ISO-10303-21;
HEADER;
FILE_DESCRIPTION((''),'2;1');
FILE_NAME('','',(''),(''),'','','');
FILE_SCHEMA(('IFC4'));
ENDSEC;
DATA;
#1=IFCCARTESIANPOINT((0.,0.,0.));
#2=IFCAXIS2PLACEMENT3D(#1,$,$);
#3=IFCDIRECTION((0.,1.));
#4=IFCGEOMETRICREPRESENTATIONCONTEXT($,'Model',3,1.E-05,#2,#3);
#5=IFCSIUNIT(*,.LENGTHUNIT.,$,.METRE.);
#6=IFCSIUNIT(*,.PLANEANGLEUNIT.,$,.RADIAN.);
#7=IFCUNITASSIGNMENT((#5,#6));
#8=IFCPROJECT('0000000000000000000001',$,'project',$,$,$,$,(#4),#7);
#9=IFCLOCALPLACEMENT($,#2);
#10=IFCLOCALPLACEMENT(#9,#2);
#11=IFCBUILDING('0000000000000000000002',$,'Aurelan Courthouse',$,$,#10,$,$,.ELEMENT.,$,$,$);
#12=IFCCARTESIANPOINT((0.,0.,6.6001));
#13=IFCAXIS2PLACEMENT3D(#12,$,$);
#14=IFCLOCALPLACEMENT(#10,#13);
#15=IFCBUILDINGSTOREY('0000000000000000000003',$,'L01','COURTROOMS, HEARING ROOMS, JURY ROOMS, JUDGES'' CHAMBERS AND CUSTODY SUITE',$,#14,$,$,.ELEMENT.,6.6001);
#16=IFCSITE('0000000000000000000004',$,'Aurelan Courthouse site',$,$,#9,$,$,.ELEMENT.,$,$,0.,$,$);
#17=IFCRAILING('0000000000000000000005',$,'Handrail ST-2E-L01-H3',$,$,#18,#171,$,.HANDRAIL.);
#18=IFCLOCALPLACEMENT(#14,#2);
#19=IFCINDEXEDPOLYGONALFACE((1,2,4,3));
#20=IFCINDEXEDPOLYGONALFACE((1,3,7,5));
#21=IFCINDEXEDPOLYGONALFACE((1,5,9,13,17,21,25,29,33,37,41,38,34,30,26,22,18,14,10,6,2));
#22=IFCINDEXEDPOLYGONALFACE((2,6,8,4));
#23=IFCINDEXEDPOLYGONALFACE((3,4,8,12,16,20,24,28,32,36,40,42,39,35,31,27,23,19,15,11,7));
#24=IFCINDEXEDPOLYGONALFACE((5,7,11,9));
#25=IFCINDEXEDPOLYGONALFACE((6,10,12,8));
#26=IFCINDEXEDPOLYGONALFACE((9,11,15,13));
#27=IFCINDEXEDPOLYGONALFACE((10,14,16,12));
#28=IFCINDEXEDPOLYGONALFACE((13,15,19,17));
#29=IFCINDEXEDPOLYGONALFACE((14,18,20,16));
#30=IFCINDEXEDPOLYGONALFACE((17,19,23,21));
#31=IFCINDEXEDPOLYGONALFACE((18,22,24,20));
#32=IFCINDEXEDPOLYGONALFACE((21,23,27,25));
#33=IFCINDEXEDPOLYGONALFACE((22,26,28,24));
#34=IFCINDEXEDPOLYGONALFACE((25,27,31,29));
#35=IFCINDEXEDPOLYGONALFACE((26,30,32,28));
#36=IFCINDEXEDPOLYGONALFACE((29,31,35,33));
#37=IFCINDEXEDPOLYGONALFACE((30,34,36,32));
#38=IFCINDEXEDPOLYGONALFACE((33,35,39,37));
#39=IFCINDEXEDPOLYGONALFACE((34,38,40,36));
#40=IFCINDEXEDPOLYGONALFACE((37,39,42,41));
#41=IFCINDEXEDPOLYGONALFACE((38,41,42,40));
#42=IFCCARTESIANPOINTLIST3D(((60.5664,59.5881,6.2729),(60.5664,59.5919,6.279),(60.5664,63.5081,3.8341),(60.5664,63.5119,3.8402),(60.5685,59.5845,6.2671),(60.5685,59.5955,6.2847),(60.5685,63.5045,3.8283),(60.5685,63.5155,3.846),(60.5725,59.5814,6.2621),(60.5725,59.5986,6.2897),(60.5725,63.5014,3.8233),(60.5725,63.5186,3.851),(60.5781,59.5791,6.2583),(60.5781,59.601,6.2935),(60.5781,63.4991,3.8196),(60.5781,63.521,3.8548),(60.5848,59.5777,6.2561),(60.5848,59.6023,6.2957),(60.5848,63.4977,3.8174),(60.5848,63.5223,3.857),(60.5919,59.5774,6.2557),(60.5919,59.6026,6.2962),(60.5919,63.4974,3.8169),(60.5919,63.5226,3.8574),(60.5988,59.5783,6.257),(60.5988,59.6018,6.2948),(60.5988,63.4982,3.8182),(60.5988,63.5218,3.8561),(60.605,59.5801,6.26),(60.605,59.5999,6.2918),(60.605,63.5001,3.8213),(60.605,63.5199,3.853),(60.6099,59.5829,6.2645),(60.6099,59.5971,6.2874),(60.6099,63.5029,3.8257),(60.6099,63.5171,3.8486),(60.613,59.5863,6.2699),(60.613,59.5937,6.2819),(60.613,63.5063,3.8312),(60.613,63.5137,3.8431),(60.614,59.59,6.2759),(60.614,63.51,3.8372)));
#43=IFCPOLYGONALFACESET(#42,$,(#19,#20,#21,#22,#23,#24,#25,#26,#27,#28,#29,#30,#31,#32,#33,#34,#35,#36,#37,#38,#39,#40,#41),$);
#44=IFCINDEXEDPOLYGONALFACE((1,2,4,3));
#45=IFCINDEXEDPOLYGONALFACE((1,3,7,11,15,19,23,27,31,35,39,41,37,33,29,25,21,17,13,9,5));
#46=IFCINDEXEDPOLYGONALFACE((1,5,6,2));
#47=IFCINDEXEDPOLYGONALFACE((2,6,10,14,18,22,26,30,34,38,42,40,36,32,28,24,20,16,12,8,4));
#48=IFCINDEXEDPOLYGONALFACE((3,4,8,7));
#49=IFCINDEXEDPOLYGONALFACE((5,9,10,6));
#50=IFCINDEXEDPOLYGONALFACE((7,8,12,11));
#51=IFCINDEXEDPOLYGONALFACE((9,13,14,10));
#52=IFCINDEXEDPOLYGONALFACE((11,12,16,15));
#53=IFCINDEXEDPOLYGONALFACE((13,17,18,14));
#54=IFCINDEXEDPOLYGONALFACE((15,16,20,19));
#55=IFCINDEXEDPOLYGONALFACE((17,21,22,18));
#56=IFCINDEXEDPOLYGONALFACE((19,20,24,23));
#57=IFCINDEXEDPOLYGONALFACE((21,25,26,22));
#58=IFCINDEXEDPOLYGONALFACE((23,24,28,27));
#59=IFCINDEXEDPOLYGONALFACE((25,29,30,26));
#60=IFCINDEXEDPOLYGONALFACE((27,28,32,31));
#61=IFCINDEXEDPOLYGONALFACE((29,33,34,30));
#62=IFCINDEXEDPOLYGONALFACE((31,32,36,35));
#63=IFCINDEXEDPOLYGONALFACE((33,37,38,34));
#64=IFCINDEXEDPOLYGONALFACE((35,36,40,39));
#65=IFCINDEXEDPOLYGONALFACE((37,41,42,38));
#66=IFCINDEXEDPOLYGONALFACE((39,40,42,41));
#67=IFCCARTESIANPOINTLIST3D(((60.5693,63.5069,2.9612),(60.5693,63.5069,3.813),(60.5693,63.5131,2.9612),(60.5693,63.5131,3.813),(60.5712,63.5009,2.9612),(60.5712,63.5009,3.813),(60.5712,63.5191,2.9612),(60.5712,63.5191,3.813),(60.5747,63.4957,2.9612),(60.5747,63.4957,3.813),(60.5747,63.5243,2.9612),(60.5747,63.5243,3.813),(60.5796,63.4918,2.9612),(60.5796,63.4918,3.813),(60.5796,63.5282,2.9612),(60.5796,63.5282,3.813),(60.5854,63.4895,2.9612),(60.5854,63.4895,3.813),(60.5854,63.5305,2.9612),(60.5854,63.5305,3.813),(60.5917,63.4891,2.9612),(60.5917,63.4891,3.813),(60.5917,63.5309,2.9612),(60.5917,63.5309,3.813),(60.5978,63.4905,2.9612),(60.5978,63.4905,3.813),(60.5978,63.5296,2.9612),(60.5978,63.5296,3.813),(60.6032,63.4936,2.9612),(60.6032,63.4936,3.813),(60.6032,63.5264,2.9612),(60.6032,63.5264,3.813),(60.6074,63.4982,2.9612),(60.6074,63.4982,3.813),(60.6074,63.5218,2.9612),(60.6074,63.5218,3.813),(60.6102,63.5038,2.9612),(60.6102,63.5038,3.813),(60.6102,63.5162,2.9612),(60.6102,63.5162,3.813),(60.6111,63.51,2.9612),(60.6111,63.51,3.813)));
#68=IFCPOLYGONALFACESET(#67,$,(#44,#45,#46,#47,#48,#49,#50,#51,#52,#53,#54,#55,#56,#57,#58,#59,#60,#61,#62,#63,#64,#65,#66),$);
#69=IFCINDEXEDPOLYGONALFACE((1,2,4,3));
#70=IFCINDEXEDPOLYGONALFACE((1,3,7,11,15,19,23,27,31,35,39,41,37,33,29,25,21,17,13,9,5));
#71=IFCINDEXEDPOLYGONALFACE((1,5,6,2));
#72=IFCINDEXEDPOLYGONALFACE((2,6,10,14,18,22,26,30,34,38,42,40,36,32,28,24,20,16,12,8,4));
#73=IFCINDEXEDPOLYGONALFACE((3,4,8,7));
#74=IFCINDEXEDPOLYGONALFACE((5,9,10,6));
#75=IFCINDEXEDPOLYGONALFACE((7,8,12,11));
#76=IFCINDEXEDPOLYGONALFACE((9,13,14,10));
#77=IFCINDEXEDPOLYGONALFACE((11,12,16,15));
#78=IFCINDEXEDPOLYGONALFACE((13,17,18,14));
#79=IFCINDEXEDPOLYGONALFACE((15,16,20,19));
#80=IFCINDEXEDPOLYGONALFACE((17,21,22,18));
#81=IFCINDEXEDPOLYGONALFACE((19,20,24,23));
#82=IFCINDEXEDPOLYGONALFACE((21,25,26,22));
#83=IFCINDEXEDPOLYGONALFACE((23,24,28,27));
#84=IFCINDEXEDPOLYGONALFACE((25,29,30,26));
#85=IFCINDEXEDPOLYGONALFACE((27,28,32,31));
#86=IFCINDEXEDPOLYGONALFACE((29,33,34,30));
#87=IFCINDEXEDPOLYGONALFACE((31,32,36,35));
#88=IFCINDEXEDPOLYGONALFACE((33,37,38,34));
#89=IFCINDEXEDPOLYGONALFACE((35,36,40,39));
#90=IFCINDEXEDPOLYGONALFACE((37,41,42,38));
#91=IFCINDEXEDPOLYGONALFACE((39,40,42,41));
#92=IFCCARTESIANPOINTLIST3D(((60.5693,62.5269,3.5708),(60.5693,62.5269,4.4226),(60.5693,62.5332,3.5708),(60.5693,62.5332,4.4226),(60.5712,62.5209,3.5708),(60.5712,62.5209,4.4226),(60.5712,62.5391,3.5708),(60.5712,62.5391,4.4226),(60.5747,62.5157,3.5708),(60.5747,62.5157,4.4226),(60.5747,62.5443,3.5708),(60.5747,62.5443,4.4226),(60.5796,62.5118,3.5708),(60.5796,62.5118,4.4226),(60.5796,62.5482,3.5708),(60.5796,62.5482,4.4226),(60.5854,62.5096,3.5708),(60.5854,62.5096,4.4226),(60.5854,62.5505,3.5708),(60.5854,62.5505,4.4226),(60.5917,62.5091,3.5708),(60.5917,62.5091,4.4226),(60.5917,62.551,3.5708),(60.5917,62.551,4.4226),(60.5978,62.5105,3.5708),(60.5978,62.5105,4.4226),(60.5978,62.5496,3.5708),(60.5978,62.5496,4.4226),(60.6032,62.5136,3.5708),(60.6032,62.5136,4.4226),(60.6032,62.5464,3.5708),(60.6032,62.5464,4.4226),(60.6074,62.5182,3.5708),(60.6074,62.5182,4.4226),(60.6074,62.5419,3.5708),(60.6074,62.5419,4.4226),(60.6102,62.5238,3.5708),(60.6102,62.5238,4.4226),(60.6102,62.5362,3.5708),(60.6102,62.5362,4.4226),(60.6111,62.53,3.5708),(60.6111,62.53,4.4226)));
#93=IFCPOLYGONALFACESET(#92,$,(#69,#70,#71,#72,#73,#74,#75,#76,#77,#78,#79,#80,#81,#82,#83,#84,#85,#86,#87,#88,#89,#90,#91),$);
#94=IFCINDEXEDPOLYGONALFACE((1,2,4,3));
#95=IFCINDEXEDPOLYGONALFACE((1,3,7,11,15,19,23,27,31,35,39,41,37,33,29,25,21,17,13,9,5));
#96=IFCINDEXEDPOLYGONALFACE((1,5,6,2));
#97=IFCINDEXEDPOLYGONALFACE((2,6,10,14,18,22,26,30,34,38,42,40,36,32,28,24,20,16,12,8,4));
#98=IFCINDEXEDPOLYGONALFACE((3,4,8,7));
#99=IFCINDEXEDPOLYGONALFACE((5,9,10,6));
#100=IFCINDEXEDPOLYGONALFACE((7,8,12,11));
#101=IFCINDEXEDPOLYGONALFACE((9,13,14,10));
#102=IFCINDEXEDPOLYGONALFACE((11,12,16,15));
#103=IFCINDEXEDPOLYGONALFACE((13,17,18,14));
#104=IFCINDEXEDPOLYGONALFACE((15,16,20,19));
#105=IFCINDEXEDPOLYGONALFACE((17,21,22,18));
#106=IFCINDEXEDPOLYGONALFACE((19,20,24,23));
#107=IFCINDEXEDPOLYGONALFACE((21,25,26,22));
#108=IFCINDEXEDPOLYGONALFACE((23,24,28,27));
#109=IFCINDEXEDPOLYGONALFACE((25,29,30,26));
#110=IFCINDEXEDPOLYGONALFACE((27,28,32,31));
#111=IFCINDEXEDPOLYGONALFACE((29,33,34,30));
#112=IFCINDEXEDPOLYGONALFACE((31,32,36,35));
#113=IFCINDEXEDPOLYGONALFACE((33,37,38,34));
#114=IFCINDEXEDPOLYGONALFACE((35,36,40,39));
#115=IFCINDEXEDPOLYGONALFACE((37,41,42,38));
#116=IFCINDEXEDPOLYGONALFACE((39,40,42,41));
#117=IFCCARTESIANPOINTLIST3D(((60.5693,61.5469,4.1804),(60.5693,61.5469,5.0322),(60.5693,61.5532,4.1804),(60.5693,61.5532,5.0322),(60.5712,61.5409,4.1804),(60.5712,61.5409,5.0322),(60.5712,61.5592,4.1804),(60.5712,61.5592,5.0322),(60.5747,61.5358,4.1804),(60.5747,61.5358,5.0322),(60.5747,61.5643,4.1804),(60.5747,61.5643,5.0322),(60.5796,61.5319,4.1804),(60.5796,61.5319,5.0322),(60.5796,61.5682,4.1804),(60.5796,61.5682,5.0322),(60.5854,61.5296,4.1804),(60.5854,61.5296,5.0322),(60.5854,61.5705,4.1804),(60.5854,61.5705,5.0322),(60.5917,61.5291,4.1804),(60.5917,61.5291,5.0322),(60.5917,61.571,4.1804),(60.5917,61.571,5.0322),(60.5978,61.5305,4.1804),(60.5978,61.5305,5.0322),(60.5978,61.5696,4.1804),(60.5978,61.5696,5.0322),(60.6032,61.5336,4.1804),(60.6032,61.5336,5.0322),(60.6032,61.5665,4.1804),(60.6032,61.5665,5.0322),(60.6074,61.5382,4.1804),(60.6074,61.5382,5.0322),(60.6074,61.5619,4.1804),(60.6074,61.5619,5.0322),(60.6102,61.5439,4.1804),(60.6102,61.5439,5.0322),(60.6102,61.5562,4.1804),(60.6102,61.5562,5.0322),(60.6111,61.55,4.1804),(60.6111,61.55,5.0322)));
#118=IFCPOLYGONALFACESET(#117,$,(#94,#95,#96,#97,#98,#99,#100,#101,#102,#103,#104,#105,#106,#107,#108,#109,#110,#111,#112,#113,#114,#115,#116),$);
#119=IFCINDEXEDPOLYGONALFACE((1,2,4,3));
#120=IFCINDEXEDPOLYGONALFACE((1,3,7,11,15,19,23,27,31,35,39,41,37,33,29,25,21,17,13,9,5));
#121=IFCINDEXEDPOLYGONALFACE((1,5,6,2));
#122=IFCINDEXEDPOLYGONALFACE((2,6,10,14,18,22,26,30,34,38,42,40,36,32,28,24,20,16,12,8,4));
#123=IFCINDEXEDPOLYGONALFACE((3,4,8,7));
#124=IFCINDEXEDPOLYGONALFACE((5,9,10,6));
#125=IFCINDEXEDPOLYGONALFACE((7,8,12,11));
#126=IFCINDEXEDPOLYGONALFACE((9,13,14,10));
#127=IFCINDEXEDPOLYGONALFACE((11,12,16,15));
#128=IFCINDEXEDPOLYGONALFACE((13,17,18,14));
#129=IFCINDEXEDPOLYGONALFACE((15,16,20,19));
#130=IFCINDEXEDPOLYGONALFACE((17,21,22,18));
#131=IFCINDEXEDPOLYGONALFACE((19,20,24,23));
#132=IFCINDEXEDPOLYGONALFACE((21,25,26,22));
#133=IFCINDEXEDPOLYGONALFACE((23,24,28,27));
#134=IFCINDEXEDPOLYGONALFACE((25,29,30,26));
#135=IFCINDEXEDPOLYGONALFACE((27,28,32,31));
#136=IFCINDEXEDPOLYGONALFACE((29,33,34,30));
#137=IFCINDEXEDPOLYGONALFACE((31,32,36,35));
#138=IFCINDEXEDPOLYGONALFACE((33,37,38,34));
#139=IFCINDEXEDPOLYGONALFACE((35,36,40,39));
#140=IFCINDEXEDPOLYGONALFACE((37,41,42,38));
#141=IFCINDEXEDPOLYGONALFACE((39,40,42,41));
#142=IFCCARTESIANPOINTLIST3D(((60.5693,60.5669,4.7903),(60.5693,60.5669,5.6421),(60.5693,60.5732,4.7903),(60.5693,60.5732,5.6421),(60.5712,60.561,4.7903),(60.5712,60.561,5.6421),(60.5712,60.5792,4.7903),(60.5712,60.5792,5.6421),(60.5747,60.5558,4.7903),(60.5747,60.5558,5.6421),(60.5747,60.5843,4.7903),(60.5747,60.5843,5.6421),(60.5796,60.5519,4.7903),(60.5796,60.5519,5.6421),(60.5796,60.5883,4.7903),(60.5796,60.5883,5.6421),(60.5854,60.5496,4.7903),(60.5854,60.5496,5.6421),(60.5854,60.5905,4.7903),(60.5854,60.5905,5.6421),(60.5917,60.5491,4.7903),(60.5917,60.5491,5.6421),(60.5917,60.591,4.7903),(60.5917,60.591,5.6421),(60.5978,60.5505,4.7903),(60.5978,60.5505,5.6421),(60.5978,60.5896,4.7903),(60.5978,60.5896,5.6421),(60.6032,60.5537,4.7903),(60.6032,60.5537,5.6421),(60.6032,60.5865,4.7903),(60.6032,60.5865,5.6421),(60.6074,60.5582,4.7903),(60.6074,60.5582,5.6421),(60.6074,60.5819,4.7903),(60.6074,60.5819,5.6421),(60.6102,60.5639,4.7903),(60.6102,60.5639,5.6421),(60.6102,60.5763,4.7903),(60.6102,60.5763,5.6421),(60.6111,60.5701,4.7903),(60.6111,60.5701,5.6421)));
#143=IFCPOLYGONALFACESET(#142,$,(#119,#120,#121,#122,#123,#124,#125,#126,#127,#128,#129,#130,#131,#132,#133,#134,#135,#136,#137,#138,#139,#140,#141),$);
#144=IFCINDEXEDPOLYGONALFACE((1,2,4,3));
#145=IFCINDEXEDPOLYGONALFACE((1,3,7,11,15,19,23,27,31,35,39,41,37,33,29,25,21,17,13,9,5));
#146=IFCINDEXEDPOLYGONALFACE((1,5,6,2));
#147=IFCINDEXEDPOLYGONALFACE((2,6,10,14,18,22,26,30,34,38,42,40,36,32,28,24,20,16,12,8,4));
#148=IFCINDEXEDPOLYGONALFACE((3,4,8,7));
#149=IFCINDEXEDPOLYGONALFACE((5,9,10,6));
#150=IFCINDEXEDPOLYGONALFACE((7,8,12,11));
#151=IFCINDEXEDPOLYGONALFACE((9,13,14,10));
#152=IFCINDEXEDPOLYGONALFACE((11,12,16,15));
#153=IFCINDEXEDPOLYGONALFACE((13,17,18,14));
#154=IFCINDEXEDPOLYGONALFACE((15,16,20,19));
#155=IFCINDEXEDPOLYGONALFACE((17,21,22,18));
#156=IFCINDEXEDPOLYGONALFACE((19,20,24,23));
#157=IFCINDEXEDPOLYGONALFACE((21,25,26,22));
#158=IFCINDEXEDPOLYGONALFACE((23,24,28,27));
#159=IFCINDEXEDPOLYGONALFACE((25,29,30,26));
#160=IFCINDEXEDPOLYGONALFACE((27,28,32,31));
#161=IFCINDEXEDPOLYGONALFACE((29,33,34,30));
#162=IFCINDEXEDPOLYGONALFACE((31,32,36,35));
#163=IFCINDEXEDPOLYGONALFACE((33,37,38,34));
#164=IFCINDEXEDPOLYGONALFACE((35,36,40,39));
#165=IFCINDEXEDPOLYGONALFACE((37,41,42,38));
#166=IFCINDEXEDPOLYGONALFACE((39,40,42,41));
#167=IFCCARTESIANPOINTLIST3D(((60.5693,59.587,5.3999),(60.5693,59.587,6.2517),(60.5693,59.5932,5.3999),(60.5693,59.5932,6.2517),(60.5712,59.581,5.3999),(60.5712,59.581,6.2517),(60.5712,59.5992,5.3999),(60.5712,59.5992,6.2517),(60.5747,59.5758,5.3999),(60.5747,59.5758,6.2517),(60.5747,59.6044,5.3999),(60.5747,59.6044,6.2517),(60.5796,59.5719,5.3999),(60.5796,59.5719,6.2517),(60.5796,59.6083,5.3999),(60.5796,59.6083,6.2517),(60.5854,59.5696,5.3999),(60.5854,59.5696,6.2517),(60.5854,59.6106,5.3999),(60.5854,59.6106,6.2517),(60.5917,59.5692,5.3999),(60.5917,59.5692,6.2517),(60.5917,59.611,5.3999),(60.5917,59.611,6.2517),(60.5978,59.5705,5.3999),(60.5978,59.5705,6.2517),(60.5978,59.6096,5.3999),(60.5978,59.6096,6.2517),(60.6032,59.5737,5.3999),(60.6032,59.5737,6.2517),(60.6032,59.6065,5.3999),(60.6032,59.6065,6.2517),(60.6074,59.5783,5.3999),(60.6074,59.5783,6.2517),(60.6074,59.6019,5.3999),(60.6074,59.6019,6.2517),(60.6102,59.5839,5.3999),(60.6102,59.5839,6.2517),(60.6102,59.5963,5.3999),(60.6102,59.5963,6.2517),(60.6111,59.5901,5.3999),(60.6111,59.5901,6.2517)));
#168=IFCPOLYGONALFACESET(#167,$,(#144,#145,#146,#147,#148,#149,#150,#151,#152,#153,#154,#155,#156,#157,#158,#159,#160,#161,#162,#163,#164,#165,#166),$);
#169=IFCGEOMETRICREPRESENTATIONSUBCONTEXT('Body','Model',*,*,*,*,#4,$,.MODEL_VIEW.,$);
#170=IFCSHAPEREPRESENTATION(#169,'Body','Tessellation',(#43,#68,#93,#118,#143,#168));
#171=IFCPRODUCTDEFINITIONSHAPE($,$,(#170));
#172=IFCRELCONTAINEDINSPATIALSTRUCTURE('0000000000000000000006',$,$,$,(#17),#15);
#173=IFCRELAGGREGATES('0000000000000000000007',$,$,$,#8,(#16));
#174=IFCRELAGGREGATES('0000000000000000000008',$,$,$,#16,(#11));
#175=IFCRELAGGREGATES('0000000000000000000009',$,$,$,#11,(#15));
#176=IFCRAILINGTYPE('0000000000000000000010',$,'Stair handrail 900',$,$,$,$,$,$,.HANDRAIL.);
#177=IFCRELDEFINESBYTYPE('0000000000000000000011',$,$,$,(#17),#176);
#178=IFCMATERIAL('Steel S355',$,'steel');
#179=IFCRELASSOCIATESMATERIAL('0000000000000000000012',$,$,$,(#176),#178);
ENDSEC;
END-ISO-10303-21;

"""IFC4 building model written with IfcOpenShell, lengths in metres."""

from ifc_helpers import new_model, si_unit, direction, frame, origin, origin_2d, place, context, subcontext, project, spatial, circle, extrude, material, type_object, element, save


model = new_model("IFC4")

# Units and contexts
model_context = context("Model", 3, precision=1e-05, world=origin(), true_north=direction((0.0, 1.0)))
body_context = subcontext(model_context, "Body", "Model", "MODEL_VIEW")
ifc_project = project(units=[si_unit("LENGTHUNIT", "METRE"), si_unit("PLANEANGLEUNIT", "RADIAN")], contexts=[model_context])

# Site, building, storey
site_placement = place(None, origin())
site = spatial("IfcSite", under=ifc_project, at=site_placement, Name="Aurelan Courthouse site", CompositionType="ELEMENT", RefElevation=0.0)
building_placement = place(site_placement, origin())
building = spatial("IfcBuilding", under=site, at=building_placement, Name="Aurelan Courthouse", CompositionType="ELEMENT")
storey_placement = place(building_placement, frame((0.0, 0.0, 6.6001)))
storey = spatial("IfcBuildingStorey", under=building, at=storey_placement, Name="L01", Description="COURTROOMS, HEARING ROOMS, JURY ROOMS, JUDGES' CHAMBERS AND CUSTODY SUITE", CompositionType="ELEMENT", Elevation=6.6001)

# Railing
ifc_material_1 = material(Name="Steel S355", Category="steel")
railing_type_1 = type_object("IfcRailingType", Name="Stair handrail 900", PredefinedType="HANDRAIL", material=ifc_material_1)
for number, where, name in (
    (1, (60.5901, 63.51, 2.9612), "Handrail ST-2E-L01-H3"),
):
    element("IfcRailing", number, at=place(storey_placement, frame(where)), inside=storey, type_object=railing_type_1, Name=name, PredefinedType="HANDRAIL", context=body_context, shape_type="SweptSolid", body=[
        extrude(circle(Radius=0.0239, at=origin_2d()), frame((0.0, 0.0, 0.876), z_axis=(0.0, -0.84909, 0.528249), x_axis=(1.0, 0.0, 0.0)), (0.0, 0.0, 1.0), 4.6167),
        extrude(circle(Radius=0.021, at=origin_2d()), origin(), (0.0, 0.0, 1.0), 0.8518),
        extrude(circle(Radius=0.021, at=origin_2d()), frame((0.0, -0.98, 0.6096)), (0.0, 0.0, 1.0), 0.8518),
        extrude(circle(Radius=0.021, at=origin_2d()), frame((0.0, -1.96, 1.2192)), (0.0, 0.0, 1.0), 0.8518),
        extrude(circle(Radius=0.021, at=origin_2d()), frame((0.0, -2.9399, 1.8291)), (0.0, 0.0, 1.0), 0.8518),
        extrude(circle(Radius=0.021, at=origin_2d()), frame((0.0, -3.9199, 2.4387)), (0.0, 0.0, 1.0), 0.8518),
    ])

save(model, "model.ifc")
